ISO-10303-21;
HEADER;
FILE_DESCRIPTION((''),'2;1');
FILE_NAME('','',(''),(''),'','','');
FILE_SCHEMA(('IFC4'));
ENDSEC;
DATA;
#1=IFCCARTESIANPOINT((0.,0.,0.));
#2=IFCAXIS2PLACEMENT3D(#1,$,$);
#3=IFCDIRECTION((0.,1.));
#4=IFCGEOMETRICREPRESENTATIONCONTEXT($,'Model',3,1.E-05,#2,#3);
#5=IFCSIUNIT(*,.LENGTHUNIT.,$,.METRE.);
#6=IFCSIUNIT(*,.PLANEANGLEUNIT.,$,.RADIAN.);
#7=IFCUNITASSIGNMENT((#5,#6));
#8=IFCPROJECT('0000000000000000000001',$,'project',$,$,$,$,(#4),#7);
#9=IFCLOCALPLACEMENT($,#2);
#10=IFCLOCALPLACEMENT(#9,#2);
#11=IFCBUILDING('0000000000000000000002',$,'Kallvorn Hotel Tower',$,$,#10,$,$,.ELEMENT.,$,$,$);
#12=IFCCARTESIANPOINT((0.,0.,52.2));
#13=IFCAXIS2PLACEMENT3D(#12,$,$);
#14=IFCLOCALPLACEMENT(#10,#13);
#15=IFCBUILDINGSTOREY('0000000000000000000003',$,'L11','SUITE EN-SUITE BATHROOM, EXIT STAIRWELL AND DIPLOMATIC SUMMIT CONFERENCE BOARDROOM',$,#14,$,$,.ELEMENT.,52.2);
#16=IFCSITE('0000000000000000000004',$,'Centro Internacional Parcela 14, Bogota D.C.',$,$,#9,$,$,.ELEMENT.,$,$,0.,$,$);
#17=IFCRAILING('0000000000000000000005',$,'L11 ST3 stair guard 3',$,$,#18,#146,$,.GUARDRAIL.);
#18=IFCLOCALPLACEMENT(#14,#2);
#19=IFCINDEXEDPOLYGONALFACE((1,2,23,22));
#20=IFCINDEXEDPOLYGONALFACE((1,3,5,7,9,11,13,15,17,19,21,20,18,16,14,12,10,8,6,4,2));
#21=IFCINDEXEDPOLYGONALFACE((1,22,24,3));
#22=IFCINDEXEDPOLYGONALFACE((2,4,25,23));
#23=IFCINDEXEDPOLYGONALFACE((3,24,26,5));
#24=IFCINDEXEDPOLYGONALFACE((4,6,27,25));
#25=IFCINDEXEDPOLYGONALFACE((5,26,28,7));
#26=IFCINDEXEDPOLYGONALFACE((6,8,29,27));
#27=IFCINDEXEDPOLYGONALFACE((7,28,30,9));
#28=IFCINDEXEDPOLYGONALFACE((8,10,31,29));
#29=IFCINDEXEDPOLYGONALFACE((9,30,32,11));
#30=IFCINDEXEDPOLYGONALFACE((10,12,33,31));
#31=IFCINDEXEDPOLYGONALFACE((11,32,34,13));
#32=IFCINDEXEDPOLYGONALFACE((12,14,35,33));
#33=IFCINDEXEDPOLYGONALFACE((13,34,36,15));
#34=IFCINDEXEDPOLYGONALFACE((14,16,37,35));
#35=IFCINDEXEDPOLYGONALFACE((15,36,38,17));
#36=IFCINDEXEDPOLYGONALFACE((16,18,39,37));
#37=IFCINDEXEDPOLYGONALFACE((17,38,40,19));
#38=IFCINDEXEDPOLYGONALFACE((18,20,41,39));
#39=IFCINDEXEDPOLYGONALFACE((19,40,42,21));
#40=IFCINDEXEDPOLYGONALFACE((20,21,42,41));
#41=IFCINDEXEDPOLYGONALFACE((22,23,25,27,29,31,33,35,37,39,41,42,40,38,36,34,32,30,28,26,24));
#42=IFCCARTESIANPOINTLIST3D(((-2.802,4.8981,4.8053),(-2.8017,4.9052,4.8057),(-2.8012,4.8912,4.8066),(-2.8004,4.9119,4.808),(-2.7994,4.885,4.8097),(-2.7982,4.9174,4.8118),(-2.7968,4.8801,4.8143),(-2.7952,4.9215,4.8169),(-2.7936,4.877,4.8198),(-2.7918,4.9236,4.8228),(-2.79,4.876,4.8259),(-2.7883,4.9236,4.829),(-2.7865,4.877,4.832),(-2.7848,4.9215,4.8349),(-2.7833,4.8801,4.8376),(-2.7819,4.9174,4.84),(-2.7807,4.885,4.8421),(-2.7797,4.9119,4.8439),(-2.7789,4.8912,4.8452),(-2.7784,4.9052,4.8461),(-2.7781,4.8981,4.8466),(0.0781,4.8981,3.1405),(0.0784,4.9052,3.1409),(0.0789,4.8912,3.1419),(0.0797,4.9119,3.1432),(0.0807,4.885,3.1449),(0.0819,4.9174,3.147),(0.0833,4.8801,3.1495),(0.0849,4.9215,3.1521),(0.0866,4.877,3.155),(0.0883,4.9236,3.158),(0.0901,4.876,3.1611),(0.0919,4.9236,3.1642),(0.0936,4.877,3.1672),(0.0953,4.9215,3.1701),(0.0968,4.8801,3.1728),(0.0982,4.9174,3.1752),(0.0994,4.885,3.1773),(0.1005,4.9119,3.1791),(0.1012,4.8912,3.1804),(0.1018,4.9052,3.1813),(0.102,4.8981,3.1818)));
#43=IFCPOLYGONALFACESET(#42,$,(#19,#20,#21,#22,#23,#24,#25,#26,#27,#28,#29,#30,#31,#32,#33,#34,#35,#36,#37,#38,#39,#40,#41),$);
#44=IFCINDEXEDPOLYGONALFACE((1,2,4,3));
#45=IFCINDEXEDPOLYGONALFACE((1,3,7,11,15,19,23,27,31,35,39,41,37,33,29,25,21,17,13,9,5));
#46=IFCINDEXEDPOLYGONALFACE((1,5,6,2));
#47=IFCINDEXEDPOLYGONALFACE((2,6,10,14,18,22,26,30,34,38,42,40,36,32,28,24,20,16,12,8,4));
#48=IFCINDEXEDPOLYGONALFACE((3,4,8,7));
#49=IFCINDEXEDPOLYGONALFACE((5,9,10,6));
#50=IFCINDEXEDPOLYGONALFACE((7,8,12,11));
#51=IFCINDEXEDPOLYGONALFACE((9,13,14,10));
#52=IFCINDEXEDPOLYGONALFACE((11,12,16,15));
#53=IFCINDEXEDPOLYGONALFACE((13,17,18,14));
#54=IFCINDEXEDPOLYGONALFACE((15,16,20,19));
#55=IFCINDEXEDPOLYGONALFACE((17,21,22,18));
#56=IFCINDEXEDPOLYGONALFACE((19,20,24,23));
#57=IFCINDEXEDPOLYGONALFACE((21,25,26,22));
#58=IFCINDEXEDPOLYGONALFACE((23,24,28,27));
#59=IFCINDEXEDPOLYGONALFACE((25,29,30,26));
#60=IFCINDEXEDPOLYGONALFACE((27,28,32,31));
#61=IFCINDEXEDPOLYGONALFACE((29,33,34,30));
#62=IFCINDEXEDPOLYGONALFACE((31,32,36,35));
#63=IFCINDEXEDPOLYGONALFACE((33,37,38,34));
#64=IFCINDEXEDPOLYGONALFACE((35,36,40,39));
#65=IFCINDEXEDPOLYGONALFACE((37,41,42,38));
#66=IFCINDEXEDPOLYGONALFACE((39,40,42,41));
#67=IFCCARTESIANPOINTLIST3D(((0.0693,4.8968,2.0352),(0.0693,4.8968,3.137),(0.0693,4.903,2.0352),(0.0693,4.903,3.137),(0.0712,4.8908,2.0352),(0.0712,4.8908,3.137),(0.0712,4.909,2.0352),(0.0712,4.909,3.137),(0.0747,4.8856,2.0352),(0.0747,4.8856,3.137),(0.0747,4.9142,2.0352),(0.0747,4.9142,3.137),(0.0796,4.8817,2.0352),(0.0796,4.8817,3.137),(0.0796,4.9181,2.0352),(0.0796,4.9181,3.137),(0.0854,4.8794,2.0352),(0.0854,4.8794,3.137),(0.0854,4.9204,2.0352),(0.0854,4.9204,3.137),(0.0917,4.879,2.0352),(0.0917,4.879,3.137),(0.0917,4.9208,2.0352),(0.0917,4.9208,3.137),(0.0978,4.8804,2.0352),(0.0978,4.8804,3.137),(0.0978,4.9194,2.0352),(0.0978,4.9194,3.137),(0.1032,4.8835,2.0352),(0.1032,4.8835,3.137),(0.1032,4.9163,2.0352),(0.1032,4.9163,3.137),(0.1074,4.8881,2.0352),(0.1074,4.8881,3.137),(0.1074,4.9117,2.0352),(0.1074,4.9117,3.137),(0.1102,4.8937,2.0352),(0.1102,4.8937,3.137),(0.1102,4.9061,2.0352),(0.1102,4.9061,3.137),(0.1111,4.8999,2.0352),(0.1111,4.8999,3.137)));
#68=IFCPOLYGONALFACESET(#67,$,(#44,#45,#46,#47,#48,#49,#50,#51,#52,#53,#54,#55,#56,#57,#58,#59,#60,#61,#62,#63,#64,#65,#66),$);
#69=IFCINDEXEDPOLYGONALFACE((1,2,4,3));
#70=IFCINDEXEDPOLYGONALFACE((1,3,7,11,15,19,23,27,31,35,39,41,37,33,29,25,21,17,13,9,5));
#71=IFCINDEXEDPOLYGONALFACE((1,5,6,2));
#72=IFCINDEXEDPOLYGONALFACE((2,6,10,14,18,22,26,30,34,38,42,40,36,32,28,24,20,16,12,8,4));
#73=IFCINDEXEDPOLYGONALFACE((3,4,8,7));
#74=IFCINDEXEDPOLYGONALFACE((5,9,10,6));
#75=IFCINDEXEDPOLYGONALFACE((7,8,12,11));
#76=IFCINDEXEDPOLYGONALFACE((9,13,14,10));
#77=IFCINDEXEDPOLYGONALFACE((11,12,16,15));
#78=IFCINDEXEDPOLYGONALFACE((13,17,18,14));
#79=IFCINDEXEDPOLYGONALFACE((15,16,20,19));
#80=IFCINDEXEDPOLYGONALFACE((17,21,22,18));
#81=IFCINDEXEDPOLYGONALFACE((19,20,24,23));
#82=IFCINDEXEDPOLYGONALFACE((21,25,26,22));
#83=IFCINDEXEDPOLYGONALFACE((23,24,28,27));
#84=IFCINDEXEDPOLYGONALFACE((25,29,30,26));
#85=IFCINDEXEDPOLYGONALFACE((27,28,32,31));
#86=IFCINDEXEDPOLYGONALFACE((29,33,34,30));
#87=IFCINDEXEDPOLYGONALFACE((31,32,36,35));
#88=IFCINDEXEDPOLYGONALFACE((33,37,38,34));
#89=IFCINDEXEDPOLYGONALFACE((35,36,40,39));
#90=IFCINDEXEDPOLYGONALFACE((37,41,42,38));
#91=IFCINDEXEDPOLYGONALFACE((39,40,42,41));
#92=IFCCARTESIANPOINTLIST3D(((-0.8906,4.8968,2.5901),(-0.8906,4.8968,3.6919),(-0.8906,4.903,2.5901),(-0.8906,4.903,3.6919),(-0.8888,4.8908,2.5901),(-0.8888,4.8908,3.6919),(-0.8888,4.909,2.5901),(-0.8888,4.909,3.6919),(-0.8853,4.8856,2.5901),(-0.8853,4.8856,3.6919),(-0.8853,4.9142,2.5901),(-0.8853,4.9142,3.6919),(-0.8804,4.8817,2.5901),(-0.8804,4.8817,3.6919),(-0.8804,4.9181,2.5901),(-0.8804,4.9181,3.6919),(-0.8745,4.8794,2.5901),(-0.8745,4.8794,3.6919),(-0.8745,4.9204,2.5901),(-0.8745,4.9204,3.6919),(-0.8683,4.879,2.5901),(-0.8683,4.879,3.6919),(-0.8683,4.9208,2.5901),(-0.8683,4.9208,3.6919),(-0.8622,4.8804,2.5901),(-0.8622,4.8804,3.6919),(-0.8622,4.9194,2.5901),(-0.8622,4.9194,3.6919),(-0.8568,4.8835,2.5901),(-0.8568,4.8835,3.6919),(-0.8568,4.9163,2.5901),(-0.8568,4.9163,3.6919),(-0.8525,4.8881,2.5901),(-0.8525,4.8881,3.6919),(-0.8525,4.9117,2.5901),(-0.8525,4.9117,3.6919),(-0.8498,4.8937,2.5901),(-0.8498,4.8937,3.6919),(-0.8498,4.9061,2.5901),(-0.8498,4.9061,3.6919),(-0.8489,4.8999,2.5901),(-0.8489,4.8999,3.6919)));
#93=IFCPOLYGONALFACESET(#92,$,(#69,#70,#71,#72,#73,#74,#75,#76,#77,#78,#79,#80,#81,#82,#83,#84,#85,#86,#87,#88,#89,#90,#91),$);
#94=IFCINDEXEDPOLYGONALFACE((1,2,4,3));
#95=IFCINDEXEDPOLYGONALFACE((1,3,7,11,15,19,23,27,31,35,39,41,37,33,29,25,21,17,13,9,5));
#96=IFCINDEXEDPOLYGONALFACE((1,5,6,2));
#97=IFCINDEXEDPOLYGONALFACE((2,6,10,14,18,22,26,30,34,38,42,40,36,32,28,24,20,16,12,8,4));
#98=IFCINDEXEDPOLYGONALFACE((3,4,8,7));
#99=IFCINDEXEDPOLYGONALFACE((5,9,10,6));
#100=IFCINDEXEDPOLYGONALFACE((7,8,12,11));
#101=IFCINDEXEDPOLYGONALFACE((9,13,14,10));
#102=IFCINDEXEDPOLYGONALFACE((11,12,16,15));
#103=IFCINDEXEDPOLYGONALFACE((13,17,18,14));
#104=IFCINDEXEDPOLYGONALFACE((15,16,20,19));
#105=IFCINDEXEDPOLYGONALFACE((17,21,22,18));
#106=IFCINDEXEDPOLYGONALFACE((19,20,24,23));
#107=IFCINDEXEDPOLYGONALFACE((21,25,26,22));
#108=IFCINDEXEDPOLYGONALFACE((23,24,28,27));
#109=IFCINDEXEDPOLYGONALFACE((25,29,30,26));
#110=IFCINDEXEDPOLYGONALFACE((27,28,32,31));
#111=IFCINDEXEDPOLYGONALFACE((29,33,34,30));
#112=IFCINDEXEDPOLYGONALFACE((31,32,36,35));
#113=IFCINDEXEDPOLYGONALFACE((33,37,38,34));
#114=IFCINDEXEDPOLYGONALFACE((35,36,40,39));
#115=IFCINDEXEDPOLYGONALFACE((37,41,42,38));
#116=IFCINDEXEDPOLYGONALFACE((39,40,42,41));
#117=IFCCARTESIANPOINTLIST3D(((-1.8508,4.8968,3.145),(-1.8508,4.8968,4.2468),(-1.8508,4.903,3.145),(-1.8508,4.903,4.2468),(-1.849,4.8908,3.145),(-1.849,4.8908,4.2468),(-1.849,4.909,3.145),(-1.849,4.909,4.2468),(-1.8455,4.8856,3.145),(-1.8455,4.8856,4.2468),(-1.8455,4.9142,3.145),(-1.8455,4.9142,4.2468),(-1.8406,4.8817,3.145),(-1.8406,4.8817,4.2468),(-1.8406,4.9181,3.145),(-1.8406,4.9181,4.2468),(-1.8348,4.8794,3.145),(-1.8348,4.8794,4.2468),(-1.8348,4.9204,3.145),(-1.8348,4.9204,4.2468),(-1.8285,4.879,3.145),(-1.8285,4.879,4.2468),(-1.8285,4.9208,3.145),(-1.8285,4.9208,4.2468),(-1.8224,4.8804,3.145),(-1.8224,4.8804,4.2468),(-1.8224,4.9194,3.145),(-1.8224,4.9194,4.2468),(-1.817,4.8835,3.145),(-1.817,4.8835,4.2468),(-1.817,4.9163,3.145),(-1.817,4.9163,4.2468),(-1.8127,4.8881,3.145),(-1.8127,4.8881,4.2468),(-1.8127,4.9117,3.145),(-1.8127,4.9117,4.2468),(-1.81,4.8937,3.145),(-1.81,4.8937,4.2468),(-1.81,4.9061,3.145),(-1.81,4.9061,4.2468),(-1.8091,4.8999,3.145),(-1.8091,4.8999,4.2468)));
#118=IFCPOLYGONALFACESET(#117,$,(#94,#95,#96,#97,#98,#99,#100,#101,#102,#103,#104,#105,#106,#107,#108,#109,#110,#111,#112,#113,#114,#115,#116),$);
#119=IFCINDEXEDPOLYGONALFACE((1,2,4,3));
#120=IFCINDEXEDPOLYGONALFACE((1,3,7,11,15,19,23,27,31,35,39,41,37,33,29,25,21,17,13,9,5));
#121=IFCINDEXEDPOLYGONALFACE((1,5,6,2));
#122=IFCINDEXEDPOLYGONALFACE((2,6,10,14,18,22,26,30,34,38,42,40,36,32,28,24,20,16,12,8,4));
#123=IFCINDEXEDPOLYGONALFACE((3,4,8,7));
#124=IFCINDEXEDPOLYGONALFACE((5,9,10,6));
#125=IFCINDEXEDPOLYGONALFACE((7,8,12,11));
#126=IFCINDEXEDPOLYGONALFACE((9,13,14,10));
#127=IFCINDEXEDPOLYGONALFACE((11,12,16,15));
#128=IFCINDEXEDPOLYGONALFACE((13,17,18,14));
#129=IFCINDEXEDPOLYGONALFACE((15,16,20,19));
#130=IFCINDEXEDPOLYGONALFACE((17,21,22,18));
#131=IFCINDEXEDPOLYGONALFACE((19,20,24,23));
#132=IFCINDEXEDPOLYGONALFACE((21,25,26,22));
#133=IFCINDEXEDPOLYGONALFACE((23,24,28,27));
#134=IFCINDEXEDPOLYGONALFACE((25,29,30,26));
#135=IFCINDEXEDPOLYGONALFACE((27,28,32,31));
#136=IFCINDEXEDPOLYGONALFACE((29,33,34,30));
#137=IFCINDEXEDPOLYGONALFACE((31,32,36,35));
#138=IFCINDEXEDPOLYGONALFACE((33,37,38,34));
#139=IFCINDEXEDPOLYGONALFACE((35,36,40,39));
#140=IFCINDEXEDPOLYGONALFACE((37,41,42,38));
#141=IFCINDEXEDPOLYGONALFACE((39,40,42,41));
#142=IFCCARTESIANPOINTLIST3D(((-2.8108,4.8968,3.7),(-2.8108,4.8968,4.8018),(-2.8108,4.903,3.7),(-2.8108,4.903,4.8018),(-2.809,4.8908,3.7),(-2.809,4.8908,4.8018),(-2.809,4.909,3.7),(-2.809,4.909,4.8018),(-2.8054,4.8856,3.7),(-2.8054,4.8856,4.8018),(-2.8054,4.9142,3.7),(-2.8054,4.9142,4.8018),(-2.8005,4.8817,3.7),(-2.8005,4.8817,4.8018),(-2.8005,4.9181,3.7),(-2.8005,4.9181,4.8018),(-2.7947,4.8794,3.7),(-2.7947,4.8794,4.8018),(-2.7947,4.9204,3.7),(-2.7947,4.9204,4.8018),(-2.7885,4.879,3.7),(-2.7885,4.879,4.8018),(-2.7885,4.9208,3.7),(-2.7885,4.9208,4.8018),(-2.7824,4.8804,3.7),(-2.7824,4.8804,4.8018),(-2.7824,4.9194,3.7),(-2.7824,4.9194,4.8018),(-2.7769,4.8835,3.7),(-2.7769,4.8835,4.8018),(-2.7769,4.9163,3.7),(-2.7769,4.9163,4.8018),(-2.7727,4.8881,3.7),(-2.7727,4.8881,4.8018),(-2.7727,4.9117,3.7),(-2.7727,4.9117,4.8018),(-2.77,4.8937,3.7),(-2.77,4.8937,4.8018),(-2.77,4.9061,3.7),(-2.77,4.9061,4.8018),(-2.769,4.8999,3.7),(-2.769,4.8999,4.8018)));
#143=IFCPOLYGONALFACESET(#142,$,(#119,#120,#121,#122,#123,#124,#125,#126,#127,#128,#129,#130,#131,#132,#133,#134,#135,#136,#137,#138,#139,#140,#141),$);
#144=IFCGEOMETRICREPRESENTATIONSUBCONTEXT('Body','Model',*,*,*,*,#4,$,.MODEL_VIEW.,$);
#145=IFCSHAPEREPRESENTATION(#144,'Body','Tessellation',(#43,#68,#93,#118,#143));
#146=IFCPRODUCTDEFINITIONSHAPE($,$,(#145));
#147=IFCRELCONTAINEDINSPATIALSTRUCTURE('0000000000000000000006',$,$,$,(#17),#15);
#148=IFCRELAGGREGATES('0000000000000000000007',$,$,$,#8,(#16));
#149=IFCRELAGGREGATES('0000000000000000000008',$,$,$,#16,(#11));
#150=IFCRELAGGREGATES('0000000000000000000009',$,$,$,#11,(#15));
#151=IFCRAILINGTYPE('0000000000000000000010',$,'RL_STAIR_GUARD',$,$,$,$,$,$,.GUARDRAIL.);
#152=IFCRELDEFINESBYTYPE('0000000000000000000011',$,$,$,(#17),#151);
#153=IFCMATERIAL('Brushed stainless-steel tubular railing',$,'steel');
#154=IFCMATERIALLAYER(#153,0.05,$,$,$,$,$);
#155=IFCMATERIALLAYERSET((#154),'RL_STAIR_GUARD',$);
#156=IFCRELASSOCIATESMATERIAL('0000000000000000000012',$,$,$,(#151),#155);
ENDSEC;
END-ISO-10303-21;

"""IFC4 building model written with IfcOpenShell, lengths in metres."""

from ifc_helpers import new_model, si_unit, direction, frame, origin, origin_2d, place, context, subcontext, project, spatial, circle, extrude, material, layer, layer_set, type_object, element, save


model = new_model("IFC4")

# Units and contexts
model_context = context("Model", 3, precision=1e-05, world=origin(), true_north=direction((0.0, 1.0)))
body_context = subcontext(model_context, "Body", "Model", "MODEL_VIEW")
ifc_project = project(units=[si_unit("LENGTHUNIT", "METRE"), si_unit("PLANEANGLEUNIT", "RADIAN")], contexts=[model_context])

# Site, building, storey
site_placement = place(None, origin())
site = spatial("IfcSite", under=ifc_project, at=site_placement, Name="Centro Internacional Parcela 14, Bogota D.C.", CompositionType="ELEMENT", RefElevation=0.0)
building_placement = place(site_placement, origin())
building = spatial("IfcBuilding", under=site, at=building_placement, Name="Kallvorn Hotel Tower", CompositionType="ELEMENT")
storey_placement = place(building_placement, frame((0.0, 0.0, 52.2)))
storey = spatial("IfcBuildingStorey", under=building, at=storey_placement, Name="L11", Description="SUITE EN-SUITE BATHROOM, EXIT STAIRWELL AND DIPLOMATIC SUMMIT CONFERENCE BOARDROOM", CompositionType="ELEMENT", Elevation=52.2)

# Railing
ifc_material_1 = material(Name="Brushed stainless-steel tubular railing", Category="steel")
ifc_layer_1 = layer(ifc_material_1, 0.05)
ifc_layer_set_1 = layer_set([ifc_layer_1], Name="RL_STAIR_GUARD")
railing_type_1 = type_object("IfcRailingType", Name="RL_STAIR_GUARD", PredefinedType="GUARDRAIL", material=ifc_layer_set_1)
railing_1_placement = place(storey_placement, frame((0.0901, 4.8999, 2.0352)))
element("IfcRailing", 1, at=railing_1_placement, inside=storey, type_object=railing_type_1, Name="L11 ST3 stair guard 3", PredefinedType="GUARDRAIL", context=body_context, shape_type="SweptSolid", body=[
    extrude(circle(Radius=0.0239, at=origin_2d()), frame((0.0, 0.0, 1.126), z_axis=(-0.865771, 0.0, 0.50044), x_axis=(0.0, -1.0, 0.0)), (0.0, 0.0, 1.0), 3.3267),
    extrude(circle(Radius=0.021, at=origin_2d()), origin(), (0.0, 0.0, 1.0), 1.1018),
    extrude(circle(Radius=0.021, at=origin_2d()), frame((-0.96, 0.0, 0.5549)), (0.0, 0.0, 1.0), 1.1018),
    extrude(circle(Radius=0.021, at=origin_2d()), frame((-1.9202, 0.0, 1.1099)), (0.0, 0.0, 1.0), 1.1018),
    extrude(circle(Radius=0.021, at=origin_2d()), frame((-2.8801, 0.0, 1.6648)), (0.0, 0.0, 1.0), 1.1018),
])

save(model, "model.ifc")
